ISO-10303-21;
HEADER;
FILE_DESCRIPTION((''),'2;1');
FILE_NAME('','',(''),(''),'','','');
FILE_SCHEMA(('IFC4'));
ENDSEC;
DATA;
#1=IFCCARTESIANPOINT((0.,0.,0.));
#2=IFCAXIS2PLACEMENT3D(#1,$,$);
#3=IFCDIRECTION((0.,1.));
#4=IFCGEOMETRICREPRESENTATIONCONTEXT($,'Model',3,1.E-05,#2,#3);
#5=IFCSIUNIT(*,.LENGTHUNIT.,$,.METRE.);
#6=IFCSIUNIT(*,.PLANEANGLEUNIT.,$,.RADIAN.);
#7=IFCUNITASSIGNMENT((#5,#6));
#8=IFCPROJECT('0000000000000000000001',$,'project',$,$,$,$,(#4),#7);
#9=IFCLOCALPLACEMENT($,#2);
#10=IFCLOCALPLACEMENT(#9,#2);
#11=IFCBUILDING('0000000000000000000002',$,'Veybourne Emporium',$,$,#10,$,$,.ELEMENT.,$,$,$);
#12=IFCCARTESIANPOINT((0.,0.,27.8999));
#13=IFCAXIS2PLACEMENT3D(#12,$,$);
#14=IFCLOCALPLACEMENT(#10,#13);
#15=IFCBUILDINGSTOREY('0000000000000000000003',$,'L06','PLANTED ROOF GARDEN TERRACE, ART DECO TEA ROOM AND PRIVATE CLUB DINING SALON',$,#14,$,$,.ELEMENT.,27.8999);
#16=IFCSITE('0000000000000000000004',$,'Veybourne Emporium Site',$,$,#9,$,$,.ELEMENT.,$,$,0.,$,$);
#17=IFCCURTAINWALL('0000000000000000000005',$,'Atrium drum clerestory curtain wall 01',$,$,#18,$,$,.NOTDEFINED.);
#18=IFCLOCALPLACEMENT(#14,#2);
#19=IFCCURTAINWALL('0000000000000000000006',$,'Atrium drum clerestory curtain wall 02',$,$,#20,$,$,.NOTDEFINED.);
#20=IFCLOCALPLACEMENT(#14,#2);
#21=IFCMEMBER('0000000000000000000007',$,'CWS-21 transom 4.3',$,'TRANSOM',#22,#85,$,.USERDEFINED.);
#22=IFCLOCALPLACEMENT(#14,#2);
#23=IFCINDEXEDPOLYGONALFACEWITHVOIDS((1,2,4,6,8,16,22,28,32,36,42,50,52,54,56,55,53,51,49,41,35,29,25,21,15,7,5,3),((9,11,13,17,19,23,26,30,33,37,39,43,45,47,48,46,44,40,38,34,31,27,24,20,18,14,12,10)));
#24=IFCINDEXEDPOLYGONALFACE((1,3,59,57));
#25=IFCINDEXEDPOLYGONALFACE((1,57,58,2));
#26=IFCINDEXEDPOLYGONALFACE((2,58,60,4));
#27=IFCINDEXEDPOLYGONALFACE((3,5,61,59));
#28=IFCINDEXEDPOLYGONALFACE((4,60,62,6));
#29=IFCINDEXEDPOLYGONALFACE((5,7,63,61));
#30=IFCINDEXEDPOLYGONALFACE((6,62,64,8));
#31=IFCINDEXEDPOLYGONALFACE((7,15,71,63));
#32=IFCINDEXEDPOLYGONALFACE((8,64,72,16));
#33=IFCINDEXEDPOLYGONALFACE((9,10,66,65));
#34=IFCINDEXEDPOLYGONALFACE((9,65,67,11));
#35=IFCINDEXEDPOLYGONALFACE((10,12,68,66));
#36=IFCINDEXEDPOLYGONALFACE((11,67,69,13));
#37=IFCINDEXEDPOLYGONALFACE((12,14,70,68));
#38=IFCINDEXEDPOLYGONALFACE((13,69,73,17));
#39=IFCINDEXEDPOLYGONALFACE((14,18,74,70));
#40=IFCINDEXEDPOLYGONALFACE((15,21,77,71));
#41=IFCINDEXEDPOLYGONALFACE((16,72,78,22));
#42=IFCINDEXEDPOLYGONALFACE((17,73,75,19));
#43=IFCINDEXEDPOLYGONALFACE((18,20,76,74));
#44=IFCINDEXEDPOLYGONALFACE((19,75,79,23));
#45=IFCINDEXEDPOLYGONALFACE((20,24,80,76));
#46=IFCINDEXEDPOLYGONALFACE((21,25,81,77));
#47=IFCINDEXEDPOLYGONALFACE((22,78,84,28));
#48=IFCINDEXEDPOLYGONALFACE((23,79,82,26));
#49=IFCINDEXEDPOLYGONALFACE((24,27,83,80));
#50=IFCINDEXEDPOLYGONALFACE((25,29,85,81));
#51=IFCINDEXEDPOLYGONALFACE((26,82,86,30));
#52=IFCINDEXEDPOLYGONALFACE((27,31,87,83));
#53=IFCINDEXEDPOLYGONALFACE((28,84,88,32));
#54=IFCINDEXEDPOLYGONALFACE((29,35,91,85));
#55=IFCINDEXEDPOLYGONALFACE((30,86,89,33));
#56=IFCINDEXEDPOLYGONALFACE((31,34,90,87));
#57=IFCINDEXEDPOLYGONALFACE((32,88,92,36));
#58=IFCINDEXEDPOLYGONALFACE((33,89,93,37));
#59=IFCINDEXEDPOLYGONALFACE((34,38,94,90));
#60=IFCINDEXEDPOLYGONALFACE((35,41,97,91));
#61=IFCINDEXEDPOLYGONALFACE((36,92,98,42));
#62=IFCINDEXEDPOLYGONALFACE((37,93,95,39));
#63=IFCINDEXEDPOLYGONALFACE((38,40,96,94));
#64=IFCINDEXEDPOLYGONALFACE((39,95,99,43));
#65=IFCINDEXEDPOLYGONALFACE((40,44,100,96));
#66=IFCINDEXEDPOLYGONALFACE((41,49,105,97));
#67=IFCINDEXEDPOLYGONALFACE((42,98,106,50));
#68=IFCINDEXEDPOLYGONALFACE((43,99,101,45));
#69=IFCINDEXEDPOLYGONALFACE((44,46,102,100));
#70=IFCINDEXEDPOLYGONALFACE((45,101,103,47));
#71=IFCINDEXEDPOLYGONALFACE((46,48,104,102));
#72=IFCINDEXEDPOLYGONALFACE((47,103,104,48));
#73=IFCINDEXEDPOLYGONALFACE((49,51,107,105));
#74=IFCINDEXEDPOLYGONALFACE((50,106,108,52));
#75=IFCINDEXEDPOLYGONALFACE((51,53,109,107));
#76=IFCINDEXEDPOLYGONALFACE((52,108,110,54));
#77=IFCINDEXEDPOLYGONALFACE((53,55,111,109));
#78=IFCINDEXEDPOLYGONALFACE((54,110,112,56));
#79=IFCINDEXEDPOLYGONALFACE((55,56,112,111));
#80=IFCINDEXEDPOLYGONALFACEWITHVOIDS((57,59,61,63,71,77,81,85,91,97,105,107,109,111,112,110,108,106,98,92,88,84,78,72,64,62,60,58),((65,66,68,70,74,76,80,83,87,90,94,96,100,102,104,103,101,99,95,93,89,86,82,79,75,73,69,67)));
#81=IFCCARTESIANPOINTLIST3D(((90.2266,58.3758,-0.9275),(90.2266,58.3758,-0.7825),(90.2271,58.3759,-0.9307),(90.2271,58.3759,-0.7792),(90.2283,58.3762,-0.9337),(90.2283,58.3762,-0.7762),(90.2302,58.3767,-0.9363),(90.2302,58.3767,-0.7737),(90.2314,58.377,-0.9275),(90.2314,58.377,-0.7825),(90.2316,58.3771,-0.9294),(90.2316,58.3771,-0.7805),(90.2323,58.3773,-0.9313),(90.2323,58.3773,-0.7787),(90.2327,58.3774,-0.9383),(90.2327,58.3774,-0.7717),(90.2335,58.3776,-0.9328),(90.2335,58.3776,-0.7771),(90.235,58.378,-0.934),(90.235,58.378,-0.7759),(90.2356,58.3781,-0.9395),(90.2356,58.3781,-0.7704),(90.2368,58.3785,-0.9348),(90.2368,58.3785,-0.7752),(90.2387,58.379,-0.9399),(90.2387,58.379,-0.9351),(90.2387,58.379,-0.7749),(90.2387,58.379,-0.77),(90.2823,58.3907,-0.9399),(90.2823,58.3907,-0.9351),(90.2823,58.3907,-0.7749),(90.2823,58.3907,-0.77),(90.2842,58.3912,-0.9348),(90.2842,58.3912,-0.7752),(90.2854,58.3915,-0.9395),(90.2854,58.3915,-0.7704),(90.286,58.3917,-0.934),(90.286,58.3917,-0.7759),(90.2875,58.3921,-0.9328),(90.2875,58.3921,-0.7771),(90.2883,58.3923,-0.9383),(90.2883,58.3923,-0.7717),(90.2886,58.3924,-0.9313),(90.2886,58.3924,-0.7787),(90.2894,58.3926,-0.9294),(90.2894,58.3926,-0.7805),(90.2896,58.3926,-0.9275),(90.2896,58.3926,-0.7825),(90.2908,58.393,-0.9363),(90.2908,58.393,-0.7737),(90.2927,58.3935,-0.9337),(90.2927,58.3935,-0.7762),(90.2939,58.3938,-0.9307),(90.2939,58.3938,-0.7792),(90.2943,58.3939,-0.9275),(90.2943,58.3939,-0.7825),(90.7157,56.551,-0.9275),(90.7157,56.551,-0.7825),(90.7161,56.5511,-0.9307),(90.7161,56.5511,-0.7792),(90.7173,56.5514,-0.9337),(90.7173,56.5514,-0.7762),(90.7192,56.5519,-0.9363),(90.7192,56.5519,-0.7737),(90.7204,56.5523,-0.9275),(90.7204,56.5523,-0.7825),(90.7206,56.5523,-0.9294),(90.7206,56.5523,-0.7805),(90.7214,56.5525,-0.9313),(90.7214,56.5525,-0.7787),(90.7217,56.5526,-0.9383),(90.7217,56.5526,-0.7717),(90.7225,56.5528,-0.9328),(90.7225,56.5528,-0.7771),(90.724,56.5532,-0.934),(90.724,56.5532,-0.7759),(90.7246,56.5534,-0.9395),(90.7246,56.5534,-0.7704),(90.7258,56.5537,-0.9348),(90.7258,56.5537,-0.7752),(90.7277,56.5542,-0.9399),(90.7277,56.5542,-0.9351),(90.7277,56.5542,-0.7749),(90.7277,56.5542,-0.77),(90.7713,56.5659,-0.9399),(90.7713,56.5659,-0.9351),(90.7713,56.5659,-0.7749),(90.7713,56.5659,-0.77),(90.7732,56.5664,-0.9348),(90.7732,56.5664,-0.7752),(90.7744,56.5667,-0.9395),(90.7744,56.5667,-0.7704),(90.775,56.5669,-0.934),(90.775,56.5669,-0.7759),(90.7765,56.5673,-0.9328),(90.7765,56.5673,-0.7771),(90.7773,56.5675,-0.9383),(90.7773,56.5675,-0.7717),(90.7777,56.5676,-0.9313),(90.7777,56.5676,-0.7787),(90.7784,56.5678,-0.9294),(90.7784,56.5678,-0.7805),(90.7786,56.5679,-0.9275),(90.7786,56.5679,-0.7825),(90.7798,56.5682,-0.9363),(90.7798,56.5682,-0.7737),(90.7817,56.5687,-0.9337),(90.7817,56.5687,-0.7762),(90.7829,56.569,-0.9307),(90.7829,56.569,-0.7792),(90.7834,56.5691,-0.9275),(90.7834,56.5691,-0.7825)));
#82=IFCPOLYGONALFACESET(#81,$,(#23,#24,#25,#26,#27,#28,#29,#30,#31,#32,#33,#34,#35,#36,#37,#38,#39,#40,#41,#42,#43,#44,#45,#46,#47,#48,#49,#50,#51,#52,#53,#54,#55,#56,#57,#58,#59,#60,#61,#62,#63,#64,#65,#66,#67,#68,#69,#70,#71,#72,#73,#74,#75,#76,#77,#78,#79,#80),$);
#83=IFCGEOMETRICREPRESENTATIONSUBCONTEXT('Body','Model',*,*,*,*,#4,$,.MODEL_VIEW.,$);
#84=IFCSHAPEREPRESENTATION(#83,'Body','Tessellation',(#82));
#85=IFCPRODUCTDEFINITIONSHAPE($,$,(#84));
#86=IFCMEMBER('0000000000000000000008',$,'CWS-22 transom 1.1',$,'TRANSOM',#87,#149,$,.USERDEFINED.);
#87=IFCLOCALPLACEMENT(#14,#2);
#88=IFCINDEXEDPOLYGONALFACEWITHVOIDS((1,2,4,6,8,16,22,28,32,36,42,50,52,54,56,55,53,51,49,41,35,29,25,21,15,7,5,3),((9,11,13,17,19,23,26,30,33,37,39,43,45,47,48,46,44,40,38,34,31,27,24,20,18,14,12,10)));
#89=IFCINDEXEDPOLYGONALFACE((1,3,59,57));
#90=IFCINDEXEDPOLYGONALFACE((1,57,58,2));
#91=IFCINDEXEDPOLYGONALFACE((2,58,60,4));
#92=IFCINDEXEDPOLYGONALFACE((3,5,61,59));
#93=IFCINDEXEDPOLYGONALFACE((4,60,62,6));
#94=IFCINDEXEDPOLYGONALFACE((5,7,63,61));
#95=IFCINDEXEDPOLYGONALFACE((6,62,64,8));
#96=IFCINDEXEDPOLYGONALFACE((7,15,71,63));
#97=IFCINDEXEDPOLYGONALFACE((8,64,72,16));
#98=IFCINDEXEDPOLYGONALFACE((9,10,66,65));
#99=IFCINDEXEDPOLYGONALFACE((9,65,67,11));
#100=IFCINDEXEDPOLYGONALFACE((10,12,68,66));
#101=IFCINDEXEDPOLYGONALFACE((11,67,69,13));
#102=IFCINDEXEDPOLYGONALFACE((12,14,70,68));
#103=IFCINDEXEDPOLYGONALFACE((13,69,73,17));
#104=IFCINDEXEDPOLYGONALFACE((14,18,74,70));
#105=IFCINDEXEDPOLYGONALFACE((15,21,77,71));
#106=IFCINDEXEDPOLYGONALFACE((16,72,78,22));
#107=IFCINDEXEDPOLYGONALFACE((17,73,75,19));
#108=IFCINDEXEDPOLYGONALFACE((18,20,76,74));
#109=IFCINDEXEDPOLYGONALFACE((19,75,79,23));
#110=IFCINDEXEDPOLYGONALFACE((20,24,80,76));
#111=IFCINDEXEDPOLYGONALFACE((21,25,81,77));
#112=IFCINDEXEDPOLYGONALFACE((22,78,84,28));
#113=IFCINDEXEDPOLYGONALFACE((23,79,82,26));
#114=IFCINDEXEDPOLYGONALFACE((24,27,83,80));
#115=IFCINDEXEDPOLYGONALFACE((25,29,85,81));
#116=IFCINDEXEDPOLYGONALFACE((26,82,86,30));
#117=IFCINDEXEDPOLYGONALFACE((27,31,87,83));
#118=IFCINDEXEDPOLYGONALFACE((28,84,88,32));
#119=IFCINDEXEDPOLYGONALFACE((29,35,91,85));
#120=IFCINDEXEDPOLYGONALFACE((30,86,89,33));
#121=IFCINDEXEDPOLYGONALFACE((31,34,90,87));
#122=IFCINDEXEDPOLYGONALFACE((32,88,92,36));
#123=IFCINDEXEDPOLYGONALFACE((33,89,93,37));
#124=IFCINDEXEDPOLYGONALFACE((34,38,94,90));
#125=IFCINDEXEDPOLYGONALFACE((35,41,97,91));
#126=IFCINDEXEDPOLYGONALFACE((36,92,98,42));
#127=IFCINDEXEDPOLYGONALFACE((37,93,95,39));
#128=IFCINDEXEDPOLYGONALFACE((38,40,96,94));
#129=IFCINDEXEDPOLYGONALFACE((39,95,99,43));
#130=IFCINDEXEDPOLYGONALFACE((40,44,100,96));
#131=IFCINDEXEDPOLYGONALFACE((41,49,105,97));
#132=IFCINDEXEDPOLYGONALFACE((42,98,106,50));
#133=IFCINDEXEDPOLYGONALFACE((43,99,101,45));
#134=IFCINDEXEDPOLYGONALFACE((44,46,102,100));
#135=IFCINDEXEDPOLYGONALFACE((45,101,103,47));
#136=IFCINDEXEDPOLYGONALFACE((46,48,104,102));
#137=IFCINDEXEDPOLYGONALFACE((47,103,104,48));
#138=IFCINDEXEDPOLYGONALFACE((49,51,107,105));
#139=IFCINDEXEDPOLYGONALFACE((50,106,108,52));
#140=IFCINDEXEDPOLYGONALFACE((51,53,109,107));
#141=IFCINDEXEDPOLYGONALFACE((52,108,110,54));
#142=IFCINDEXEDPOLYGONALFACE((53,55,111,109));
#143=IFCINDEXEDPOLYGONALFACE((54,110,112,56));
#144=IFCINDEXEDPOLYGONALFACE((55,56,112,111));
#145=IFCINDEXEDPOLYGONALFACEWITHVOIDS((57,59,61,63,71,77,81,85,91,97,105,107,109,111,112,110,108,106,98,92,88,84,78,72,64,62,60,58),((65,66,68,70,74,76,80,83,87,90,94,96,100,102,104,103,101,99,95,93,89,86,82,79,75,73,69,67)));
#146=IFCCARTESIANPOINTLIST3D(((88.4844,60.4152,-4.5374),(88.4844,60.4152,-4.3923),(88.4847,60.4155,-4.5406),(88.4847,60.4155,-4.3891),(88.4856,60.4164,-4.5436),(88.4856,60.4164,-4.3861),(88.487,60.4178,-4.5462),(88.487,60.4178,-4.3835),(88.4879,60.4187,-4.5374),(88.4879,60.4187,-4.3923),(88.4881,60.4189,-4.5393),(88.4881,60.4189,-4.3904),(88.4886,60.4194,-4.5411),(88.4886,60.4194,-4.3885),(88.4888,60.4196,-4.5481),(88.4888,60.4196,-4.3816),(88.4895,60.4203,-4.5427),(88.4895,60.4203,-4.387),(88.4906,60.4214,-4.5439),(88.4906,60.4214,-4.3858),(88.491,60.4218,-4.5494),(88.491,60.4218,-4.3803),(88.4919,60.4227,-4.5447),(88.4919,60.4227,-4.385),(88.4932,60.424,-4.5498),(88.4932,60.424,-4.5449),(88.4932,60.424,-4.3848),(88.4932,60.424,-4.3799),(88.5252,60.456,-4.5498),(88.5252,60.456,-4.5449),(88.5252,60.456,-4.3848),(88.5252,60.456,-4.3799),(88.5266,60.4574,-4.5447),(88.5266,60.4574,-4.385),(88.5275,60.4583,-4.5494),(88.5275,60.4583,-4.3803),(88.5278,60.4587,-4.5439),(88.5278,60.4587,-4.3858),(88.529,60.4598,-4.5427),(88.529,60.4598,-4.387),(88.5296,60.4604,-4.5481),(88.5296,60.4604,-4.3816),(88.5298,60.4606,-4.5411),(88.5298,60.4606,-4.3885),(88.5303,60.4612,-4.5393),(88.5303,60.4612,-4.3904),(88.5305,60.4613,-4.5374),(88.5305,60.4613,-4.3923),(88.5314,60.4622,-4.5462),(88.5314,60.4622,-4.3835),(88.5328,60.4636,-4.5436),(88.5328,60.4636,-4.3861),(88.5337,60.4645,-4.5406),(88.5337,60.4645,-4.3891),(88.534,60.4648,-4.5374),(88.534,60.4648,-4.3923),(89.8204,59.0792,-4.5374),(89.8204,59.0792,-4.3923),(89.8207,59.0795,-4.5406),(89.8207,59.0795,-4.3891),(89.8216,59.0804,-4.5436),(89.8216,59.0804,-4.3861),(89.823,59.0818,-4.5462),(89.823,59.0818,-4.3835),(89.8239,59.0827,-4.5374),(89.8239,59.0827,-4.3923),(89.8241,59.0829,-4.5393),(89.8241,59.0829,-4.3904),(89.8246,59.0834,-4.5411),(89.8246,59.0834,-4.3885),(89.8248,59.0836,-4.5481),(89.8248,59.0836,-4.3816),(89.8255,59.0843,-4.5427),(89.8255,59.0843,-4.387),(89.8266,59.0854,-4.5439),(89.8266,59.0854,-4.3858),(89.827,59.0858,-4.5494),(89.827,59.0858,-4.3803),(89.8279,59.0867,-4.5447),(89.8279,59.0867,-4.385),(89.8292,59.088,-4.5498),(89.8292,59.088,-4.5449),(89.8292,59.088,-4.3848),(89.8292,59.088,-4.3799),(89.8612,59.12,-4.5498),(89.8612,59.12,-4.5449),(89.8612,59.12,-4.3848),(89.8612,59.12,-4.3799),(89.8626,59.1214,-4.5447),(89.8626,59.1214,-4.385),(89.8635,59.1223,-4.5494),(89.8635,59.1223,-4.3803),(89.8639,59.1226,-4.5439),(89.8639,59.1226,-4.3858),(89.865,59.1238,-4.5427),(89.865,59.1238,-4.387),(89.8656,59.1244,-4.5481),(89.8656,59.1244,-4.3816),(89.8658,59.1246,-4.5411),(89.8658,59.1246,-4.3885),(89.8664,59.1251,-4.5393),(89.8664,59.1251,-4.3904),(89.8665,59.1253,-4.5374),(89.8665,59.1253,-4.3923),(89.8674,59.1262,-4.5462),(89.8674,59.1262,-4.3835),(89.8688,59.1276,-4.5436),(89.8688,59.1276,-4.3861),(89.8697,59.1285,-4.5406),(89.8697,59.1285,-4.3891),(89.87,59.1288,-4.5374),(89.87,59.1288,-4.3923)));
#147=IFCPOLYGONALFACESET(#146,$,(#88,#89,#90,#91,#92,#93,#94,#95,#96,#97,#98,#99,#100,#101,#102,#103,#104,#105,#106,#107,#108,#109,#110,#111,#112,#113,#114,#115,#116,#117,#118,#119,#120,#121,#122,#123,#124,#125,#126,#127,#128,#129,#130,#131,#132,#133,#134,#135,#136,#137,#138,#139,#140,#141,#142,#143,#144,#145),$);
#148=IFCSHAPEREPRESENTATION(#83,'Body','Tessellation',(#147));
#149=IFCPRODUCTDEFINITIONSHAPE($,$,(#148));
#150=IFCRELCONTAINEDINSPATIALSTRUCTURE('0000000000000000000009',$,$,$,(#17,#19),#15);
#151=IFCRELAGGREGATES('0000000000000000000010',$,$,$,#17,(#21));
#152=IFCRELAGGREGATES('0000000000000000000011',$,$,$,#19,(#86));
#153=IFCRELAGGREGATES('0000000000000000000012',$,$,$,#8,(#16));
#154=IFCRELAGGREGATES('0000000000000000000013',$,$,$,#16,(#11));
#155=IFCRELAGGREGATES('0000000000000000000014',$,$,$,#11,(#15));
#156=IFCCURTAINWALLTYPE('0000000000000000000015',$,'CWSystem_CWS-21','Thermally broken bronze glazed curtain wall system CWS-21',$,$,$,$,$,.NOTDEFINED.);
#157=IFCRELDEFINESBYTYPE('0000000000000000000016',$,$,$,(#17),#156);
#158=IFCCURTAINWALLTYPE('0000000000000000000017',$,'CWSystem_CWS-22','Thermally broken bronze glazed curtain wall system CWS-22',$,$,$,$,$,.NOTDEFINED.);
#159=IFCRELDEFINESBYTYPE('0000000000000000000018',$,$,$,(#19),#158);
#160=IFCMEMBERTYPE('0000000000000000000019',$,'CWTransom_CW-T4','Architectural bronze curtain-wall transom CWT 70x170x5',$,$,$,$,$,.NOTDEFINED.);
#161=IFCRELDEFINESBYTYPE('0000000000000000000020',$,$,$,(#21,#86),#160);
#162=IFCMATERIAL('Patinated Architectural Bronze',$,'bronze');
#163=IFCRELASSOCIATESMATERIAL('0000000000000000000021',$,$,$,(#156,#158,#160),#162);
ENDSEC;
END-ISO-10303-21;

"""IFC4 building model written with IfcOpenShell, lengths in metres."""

from ifc_helpers import new_model, si_unit, direction, frame, origin, origin_2d, place, context, subcontext, project, spatial, hollow_rectangle, extrude, material, material_profile, profile_set, type_object, element, aggregate, save


model = new_model("IFC4")

# Units and contexts
model_context = context("Model", 3, precision=1e-05, world=origin(), true_north=direction((0.0, 1.0)))
body_context = subcontext(model_context, "Body", "Model", "MODEL_VIEW")
ifc_project = project(units=[si_unit("LENGTHUNIT", "METRE"), si_unit("PLANEANGLEUNIT", "RADIAN")], contexts=[model_context])

# Site, building, storey
site_placement = place(None, origin())
site = spatial("IfcSite", under=ifc_project, at=site_placement, Name="Veybourne Emporium Site", CompositionType="ELEMENT", RefElevation=0.0)
building_placement = place(site_placement, origin())
building = spatial("IfcBuilding", under=site, at=building_placement, Name="Veybourne Emporium", CompositionType="ELEMENT")
storey_placement = place(building_placement, frame((0.0, 0.0, 27.8999)))
storey = spatial("IfcBuildingStorey", under=building, at=storey_placement, Name="L06", Description="PLANTED ROOF GARDEN TERRACE, ART DECO TEA ROOM AND PRIVATE CLUB DINING SALON", CompositionType="ELEMENT", Elevation=27.8999)

# Curtain walls
ifc_material_1 = material(Name="Patinated Architectural Bronze", Category="bronze")
curtain_wall_type_1 = type_object("IfcCurtainWallType", Name="CWSystem_CWS-21", Description="Thermally broken bronze glazed curtain wall system CWS-21", PredefinedType="NOTDEFINED", material=ifc_material_1)
curtain_wall_1_placement = place(storey_placement, origin())
curtain_wall_1 = element("IfcCurtainWall", 1, at=curtain_wall_1_placement, inside=storey, type_object=curtain_wall_type_1, Name="Atrium drum clerestory curtain wall 01", PredefinedType="NOTDEFINED")
curtain_wall_type_2 = type_object("IfcCurtainWallType", Name="CWSystem_CWS-22", Description="Thermally broken bronze glazed curtain wall system CWS-22", PredefinedType="NOTDEFINED", material=ifc_material_1)
curtain_wall_2_placement = place(storey_placement, origin())
curtain_wall_2 = element("IfcCurtainWall", 2, at=curtain_wall_2_placement, inside=storey, type_object=curtain_wall_type_2, Name="Atrium drum clerestory curtain wall 02", PredefinedType="NOTDEFINED")

# Members
ifc_material_profile_1 = material_profile(ifc_material_1, hollow_rectangle(XDim=0.0701, YDim=0.1699, WallThickness=0.0049, InnerFilletRadius=0.0076, OuterFilletRadius=0.0125, at=origin_2d()), Name="CWT 70x170x5")
ifc_profile_set_1 = profile_set([ifc_material_profile_1], Name="Patinated Architectural Bronze")
member_type_1 = type_object("IfcMemberType", Name="CWTransom_CW-T4", Description="Architectural bronze curtain-wall transom CWT 70x170x5", PredefinedType="NOTDEFINED", material=ifc_profile_set_1)
member_1_placement = place(storey_placement, frame((90.7495, 56.5601, -0.855), z_axis=(-0.258861, 0.965915, 0.0), x_axis=(-0.965915, -0.258861, 0.0)))
member_1 = element("IfcMember", 3, at=member_1_placement, type_object=member_type_1, Name="CWS-21 transom 4.3", ObjectType="TRANSOM", PredefinedType="USERDEFINED", context=body_context, shape_type="SweptSolid", body=[
    extrude(hollow_rectangle(XDim=0.0701, YDim=0.1699, WallThickness=0.0049, InnerFilletRadius=0.0076, OuterFilletRadius=0.0125, at=origin_2d()), origin(), (0.0, 0.0, 1.0), 1.8892),
])
member_2_placement = place(storey_placement, frame((89.8452, 59.104, -4.4648), z_axis=(-0.707107, 0.707107, 0.0), x_axis=(-0.707107, -0.707107, 0.0)))
member_2 = element("IfcMember", 4, at=member_2_placement, type_object=member_type_1, Name="CWS-22 transom 1.1", ObjectType="TRANSOM", PredefinedType="USERDEFINED", context=body_context, shape_type="SweptSolid", body=[
    extrude(hollow_rectangle(XDim=0.0701, YDim=0.1699, WallThickness=0.0049, InnerFilletRadius=0.0076, OuterFilletRadius=0.0125, at=origin_2d()), origin(), (0.0, 0.0, 1.0), 1.8894),
])

aggregate(curtain_wall_1, [member_1])
aggregate(curtain_wall_2, [member_2])

save(model, "model.ifc")
